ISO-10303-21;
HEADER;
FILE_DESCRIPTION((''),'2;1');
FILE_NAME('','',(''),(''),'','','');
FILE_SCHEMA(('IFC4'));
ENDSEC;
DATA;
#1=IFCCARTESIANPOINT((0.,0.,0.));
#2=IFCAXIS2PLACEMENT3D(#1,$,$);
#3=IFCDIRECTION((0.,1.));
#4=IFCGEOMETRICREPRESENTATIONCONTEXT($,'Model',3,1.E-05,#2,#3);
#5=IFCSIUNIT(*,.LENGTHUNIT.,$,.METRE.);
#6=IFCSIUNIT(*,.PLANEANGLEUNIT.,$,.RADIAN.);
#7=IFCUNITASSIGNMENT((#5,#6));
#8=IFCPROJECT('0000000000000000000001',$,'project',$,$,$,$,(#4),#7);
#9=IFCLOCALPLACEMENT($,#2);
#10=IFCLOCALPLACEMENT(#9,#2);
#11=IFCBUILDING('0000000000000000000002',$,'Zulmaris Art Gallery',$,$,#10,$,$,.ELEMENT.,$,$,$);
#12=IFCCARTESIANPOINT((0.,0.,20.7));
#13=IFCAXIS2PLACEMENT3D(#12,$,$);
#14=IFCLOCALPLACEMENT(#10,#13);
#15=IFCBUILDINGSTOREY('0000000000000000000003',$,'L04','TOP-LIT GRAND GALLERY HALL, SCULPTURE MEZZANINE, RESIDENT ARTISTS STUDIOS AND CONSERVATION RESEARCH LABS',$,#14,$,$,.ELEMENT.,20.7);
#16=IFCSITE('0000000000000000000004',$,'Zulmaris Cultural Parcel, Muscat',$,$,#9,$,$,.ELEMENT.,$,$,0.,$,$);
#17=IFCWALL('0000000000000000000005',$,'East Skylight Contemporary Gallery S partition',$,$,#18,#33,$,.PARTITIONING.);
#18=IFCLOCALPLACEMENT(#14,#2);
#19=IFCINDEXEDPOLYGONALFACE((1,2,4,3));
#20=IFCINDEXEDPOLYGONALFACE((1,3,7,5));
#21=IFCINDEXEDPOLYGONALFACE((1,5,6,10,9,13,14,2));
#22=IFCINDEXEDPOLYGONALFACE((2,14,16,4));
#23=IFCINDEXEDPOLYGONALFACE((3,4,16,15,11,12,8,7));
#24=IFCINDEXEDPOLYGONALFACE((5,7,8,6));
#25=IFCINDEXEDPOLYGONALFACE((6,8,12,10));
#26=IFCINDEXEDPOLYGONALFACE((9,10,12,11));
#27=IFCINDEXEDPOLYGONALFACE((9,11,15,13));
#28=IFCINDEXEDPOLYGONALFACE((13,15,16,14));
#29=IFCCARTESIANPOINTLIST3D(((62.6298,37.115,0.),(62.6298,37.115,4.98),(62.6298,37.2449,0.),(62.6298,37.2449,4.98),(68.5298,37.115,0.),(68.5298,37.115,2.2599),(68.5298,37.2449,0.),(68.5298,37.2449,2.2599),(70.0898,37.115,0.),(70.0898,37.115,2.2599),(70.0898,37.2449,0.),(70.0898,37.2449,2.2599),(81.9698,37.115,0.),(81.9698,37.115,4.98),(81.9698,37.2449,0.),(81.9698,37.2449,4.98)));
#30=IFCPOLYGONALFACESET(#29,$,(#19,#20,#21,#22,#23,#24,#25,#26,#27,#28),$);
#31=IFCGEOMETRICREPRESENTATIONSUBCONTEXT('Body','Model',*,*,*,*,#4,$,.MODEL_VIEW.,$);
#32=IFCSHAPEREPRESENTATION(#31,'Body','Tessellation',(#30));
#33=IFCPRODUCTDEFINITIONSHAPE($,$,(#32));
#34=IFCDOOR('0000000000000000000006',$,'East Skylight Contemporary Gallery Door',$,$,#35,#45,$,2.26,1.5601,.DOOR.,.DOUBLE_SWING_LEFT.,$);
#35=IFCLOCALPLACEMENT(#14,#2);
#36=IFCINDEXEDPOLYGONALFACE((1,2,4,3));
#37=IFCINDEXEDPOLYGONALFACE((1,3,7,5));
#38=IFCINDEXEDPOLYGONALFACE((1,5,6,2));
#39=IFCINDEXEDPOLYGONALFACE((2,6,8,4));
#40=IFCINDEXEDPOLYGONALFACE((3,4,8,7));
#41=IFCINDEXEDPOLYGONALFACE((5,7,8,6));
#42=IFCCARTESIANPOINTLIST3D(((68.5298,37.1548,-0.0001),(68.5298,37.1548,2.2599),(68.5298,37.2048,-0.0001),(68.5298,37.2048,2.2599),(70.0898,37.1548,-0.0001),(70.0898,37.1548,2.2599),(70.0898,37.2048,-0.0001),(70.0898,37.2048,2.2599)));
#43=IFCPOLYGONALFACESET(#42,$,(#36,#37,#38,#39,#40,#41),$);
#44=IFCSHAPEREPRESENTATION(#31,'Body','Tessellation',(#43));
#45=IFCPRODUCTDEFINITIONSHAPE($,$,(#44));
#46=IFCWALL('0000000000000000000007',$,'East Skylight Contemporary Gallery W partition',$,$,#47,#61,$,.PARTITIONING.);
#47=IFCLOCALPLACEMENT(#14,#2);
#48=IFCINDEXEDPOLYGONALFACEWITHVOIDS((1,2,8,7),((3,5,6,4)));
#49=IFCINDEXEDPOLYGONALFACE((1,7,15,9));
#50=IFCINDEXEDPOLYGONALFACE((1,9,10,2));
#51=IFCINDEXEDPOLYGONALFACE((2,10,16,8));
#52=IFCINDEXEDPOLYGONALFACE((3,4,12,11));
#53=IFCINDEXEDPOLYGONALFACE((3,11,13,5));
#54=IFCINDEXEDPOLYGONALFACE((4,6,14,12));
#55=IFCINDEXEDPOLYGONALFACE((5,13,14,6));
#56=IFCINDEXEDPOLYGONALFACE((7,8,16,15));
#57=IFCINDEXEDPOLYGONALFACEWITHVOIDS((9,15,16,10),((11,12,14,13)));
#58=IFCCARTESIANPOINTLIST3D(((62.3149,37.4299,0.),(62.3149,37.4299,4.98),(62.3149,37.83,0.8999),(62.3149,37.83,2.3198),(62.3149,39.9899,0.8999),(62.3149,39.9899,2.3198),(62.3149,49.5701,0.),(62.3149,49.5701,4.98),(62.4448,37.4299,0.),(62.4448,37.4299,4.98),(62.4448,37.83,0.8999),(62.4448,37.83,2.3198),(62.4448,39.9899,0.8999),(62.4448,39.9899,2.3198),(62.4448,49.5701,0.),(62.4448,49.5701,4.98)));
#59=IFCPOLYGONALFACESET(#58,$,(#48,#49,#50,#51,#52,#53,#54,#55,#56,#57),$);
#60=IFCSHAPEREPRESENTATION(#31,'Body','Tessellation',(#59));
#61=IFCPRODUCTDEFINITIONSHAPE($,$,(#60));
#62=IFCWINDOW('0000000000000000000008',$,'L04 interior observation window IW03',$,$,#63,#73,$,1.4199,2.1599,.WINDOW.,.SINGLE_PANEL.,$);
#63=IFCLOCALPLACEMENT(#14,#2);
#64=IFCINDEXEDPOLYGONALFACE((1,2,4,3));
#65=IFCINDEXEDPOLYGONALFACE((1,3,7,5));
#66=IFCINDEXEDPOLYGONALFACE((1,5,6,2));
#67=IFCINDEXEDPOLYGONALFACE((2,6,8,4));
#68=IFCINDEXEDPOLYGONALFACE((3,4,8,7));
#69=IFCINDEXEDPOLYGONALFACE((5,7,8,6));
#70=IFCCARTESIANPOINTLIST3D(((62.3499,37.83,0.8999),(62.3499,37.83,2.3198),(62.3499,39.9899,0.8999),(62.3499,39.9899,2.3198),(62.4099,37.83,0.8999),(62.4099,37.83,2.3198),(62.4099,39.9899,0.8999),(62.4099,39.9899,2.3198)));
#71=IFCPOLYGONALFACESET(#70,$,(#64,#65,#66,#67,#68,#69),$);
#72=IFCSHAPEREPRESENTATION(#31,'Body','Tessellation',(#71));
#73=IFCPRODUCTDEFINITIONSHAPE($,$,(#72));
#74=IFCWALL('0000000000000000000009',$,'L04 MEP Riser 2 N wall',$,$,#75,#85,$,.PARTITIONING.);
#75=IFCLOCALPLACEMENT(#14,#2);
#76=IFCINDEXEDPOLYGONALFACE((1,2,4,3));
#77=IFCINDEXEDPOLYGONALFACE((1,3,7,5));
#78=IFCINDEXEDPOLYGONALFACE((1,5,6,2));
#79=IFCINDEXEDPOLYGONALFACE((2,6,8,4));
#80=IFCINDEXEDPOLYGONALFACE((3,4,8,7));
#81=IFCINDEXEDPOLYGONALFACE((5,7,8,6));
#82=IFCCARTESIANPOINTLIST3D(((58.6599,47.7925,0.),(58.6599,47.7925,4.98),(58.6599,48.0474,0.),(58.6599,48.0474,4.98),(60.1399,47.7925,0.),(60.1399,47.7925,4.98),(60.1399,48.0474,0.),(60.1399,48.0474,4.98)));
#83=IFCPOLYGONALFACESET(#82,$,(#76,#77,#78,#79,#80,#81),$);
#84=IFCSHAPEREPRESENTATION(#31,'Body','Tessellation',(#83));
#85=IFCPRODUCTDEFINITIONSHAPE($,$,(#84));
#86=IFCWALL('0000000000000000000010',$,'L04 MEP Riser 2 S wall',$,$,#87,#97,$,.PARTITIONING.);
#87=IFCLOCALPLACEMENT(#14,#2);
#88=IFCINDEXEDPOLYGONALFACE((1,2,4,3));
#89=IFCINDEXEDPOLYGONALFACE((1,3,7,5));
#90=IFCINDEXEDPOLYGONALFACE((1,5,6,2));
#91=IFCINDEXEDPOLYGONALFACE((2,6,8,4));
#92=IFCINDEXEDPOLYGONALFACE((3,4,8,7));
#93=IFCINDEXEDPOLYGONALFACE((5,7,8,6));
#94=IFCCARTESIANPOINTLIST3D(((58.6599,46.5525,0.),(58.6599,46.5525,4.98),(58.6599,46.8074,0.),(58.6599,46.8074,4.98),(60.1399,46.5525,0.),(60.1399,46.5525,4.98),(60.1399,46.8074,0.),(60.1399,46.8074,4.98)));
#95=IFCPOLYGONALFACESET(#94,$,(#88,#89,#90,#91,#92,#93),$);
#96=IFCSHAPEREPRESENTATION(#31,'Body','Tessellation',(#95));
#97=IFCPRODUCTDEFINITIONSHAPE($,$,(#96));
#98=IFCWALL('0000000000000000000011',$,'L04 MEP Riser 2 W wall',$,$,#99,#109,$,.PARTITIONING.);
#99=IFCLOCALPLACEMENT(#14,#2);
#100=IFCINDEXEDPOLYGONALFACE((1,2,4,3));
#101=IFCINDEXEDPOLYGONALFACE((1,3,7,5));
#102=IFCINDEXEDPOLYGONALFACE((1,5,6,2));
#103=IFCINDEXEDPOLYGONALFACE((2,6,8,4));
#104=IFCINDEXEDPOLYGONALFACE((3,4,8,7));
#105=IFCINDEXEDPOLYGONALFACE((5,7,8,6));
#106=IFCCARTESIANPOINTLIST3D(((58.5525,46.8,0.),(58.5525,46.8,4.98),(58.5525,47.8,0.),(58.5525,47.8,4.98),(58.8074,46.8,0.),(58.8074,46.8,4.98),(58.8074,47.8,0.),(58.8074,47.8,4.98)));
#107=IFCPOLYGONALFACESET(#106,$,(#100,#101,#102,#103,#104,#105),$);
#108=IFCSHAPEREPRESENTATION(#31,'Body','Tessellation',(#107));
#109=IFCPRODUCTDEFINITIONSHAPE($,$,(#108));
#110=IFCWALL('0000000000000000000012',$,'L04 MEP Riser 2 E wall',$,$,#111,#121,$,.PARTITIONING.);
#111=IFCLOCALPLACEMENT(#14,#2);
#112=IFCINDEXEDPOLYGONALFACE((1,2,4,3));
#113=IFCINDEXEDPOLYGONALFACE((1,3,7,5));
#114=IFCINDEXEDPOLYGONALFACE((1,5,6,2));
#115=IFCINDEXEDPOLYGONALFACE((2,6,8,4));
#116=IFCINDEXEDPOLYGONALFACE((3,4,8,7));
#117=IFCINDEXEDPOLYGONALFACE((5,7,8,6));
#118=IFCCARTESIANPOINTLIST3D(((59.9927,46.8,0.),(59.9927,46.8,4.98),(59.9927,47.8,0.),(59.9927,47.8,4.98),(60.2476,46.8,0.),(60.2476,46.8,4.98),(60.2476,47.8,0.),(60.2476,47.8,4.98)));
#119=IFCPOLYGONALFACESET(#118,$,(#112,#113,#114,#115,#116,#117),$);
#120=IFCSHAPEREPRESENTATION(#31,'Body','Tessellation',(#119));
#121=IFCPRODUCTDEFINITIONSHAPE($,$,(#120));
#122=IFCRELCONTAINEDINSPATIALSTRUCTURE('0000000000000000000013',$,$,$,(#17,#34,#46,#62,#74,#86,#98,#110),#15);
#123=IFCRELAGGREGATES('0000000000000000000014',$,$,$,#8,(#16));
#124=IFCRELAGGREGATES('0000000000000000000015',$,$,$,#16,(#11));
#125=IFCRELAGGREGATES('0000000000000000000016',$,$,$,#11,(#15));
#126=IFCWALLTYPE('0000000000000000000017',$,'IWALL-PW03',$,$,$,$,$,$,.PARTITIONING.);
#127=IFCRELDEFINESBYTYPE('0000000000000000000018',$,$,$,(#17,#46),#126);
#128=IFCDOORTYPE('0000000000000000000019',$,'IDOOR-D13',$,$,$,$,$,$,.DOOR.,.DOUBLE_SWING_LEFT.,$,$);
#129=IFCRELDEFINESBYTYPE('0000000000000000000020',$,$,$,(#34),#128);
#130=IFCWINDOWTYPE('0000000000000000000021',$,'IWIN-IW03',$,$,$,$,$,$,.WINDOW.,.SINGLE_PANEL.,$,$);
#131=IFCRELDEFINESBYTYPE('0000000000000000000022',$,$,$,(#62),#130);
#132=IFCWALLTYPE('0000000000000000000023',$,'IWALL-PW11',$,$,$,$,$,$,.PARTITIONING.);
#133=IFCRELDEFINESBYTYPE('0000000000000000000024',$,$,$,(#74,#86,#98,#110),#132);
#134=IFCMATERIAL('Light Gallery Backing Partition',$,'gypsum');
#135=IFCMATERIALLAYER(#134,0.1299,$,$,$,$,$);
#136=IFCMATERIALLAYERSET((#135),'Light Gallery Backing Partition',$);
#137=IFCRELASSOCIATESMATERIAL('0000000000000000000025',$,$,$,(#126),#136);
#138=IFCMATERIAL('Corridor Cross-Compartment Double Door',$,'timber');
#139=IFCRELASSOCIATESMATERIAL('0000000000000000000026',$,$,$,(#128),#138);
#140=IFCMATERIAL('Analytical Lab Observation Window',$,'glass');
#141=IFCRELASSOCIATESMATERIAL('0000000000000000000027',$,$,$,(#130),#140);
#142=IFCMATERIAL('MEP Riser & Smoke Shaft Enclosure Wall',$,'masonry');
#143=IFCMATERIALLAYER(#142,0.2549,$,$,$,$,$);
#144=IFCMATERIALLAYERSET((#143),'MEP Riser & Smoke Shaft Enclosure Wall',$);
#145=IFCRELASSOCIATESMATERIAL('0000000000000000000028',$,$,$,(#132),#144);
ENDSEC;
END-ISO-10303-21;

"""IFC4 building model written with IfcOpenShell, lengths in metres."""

from ifc_helpers import new_model, si_unit, direction, frame, frame_2d, origin, place, context, subcontext, project, spatial, rectangle, extrude, material, layer, layer_set, type_object, element, fill, save


model = new_model("IFC4")

# Units and contexts
model_context = context("Model", 3, precision=1e-05, world=origin(), true_north=direction((0.0, 1.0)))
body_context = subcontext(model_context, "Body", "Model", "MODEL_VIEW")
ifc_project = project(units=[si_unit("LENGTHUNIT", "METRE"), si_unit("PLANEANGLEUNIT", "RADIAN")], contexts=[model_context])

# Site, building, storey
site_placement = place(None, origin())
site = spatial("IfcSite", under=ifc_project, at=site_placement, Name="Zulmaris Cultural Parcel, Muscat", CompositionType="ELEMENT", RefElevation=0.0)
building_placement = place(site_placement, origin())
building = spatial("IfcBuilding", under=site, at=building_placement, Name="Zulmaris Art Gallery", CompositionType="ELEMENT")
storey_placement = place(building_placement, frame((0.0, 0.0, 20.7)))
storey = spatial("IfcBuildingStorey", under=building, at=storey_placement, Name="L04", Description="TOP-LIT GRAND GALLERY HALL, SCULPTURE MEZZANINE, RESIDENT ARTISTS STUDIOS AND CONSERVATION RESEARCH LABS", CompositionType="ELEMENT", Elevation=20.7)

# Wall, opening, door
ifc_material_1 = material(Name="Light Gallery Backing Partition", Category="gypsum")
ifc_layer_1 = layer(ifc_material_1, 0.1299)
ifc_layer_set_1 = layer_set([ifc_layer_1], Name="Light Gallery Backing Partition")
wall_type_1 = type_object("IfcWallType", Name="IWALL-PW03", PredefinedType="PARTITIONING", material=ifc_layer_set_1)
wall_1_placement = place(storey_placement, frame((62.6299, 37.1799, 0.0), z_axis=(0.0, 0.0, 1.0), x_axis=(1.0, 0.0, 0.0)))
wall_1 = element("IfcWall", 1, at=wall_1_placement, inside=storey, type_object=wall_type_1, Name="East Skylight Contemporary Gallery S partition", PredefinedType="PARTITIONING", context=body_context, shape_type="SweptSolid", body=[
    extrude(rectangle(XDim=19.3401, YDim=0.1299, at=frame_2d((9.6699, 0.0))), origin(), (0.0, 0.0, 1.0), 4.98),
])
opening_1_placement = place(wall_1_placement, frame((5.8999, 0.0, 0.0)))
opening_1 = element("IfcOpeningElement", 2, at=opening_1_placement, cuts=wall_1, PredefinedType="OPENING", context=body_context, shape_type="SweptSolid", body=[
    extrude(rectangle(XDim=1.5601, YDim=2.26, at=frame_2d((0.78, 1.1299))), frame((0.0, 0.075, 0.0), z_axis=(0.0, -1.0, 0.0), x_axis=(1.0, 0.0, 0.0)), (0.0, 0.0, 1.0), 0.1499),
])
ifc_material_2 = material(Name="Corridor Cross-Compartment Double Door", Category="timber")
door_type = type_object("IfcDoorType", Name="IDOOR-D13", OperationType="DOUBLE_SWING_LEFT", PredefinedType="DOOR", material=ifc_material_2)
door_placement = place(opening_1_placement, origin())
door = element("IfcDoor", 3, at=door_placement, inside=storey, type_object=door_type, Name="East Skylight Contemporary Gallery Door", OperationType="DOUBLE_SWING_LEFT", OverallHeight=2.26, OverallWidth=1.5601, PredefinedType="DOOR", context=body_context, shape_type="SweptSolid", body=[
    extrude(rectangle(XDim=1.5601, YDim=2.26, at=frame_2d((0.78, 1.1299))), frame((0.0, 0.0249, 0.0), z_axis=(0.0, -1.0, 0.0), x_axis=(1.0, 0.0, 0.0)), (0.0, 0.0, 1.0), 0.05),
])
fill(opening_1, door)

# Wall, opening, window
wall_2_placement = place(storey_placement, frame((62.3799, 37.4299, 0.0), z_axis=(0.0, 0.0, 1.0), x_axis=(0.0, 1.0, 0.0)))
wall_2 = element("IfcWall", 4, at=wall_2_placement, inside=storey, type_object=wall_type_1, Name="East Skylight Contemporary Gallery W partition", PredefinedType="PARTITIONING", context=body_context, shape_type="SweptSolid", body=[
    extrude(rectangle(XDim=12.1401, YDim=0.1299, at=frame_2d((6.0701, 0.0))), origin(), (0.0, 0.0, 1.0), 4.98),
])
opening_2_placement = place(wall_2_placement, frame((0.3999, 0.0, 0.8999)))
opening_2 = element("IfcOpeningElement", 5, at=opening_2_placement, cuts=wall_2, PredefinedType="OPENING", context=body_context, shape_type="SweptSolid", body=[
    extrude(rectangle(XDim=2.1599, YDim=1.4199, at=frame_2d((1.0801, 0.71))), frame((0.0, 0.075, 0.0), z_axis=(0.0, -1.0, 0.0), x_axis=(1.0, 0.0, 0.0)), (0.0, 0.0, 1.0), 0.1499),
])
ifc_material_3 = material(Name="Analytical Lab Observation Window", Category="glass")
window_type_1 = type_object("IfcWindowType", Name="IWIN-IW03", PartitioningType="SINGLE_PANEL", PredefinedType="WINDOW", material=ifc_material_3)
window_1_placement = place(opening_2_placement, origin())
window_1 = element("IfcWindow", 6, at=window_1_placement, inside=storey, type_object=window_type_1, Name="L04 interior observation window IW03", OverallHeight=1.4199, OverallWidth=2.1599, PartitioningType="SINGLE_PANEL", PredefinedType="WINDOW", context=body_context, shape_type="SweptSolid", body=[
    extrude(rectangle(XDim=2.1599, YDim=1.4199, at=frame_2d((1.0801, 0.71))), frame((0.0, 0.03, 0.0), z_axis=(0.0, -1.0, 0.0), x_axis=(1.0, 0.0, 0.0)), (0.0, 0.0, 1.0), 0.0601),
])
fill(opening_2, window_1)

# Walls
ifc_material_4 = material(Name="MEP Riser & Smoke Shaft Enclosure Wall", Category="masonry")
ifc_layer_2 = layer(ifc_material_4, 0.2549)
ifc_layer_set_2 = layer_set([ifc_layer_2], Name="MEP Riser & Smoke Shaft Enclosure Wall")
wall_type_2 = type_object("IfcWallType", Name="IWALL-PW11", PredefinedType="PARTITIONING", material=ifc_layer_set_2)
for number, where, z_axis, x_axis, name in (
    (7, (58.6599, 47.9199, 0.0), (0.0, 0.0, 1.0), (1.0, 0.0, 0.0), "L04 MEP Riser 2 N wall"),
    (8, (58.6599, 46.6799, 0.0), (0.0, 0.0, 1.0), (1.0, 0.0, 0.0), "L04 MEP Riser 2 S wall"),
):
    element("IfcWall", number, at=place(storey_placement, frame(where, z_axis=z_axis, x_axis=x_axis)), inside=storey, type_object=wall_type_2, Name=name, PredefinedType="PARTITIONING", context=body_context, shape_type="SweptSolid", body=[
        extrude(rectangle(XDim=1.48, YDim=0.2549, at=frame_2d((0.74, 0.0))), origin(), (0.0, 0.0, 1.0), 4.98),
    ])
for number, where, z_axis, x_axis, name in (
    (9, (58.6799, 46.8, 0.0), (0.0, 0.0, 1.0), (0.0, 1.0, 0.0), "L04 MEP Riser 2 W wall"),
    (10, (60.1201, 46.8, 0.0), (0.0, 0.0, 1.0), (0.0, 1.0, 0.0), "L04 MEP Riser 2 E wall"),
):
    element("IfcWall", number, at=place(storey_placement, frame(where, z_axis=z_axis, x_axis=x_axis)), inside=storey, type_object=wall_type_2, Name=name, PredefinedType="PARTITIONING", context=body_context, shape_type="SweptSolid", body=[
        extrude(rectangle(XDim=1.0, YDim=0.2549, at=frame_2d((0.5, 0.0))), origin(), (0.0, 0.0, 1.0), 4.98),
    ])

save(model, "model.ifc")
